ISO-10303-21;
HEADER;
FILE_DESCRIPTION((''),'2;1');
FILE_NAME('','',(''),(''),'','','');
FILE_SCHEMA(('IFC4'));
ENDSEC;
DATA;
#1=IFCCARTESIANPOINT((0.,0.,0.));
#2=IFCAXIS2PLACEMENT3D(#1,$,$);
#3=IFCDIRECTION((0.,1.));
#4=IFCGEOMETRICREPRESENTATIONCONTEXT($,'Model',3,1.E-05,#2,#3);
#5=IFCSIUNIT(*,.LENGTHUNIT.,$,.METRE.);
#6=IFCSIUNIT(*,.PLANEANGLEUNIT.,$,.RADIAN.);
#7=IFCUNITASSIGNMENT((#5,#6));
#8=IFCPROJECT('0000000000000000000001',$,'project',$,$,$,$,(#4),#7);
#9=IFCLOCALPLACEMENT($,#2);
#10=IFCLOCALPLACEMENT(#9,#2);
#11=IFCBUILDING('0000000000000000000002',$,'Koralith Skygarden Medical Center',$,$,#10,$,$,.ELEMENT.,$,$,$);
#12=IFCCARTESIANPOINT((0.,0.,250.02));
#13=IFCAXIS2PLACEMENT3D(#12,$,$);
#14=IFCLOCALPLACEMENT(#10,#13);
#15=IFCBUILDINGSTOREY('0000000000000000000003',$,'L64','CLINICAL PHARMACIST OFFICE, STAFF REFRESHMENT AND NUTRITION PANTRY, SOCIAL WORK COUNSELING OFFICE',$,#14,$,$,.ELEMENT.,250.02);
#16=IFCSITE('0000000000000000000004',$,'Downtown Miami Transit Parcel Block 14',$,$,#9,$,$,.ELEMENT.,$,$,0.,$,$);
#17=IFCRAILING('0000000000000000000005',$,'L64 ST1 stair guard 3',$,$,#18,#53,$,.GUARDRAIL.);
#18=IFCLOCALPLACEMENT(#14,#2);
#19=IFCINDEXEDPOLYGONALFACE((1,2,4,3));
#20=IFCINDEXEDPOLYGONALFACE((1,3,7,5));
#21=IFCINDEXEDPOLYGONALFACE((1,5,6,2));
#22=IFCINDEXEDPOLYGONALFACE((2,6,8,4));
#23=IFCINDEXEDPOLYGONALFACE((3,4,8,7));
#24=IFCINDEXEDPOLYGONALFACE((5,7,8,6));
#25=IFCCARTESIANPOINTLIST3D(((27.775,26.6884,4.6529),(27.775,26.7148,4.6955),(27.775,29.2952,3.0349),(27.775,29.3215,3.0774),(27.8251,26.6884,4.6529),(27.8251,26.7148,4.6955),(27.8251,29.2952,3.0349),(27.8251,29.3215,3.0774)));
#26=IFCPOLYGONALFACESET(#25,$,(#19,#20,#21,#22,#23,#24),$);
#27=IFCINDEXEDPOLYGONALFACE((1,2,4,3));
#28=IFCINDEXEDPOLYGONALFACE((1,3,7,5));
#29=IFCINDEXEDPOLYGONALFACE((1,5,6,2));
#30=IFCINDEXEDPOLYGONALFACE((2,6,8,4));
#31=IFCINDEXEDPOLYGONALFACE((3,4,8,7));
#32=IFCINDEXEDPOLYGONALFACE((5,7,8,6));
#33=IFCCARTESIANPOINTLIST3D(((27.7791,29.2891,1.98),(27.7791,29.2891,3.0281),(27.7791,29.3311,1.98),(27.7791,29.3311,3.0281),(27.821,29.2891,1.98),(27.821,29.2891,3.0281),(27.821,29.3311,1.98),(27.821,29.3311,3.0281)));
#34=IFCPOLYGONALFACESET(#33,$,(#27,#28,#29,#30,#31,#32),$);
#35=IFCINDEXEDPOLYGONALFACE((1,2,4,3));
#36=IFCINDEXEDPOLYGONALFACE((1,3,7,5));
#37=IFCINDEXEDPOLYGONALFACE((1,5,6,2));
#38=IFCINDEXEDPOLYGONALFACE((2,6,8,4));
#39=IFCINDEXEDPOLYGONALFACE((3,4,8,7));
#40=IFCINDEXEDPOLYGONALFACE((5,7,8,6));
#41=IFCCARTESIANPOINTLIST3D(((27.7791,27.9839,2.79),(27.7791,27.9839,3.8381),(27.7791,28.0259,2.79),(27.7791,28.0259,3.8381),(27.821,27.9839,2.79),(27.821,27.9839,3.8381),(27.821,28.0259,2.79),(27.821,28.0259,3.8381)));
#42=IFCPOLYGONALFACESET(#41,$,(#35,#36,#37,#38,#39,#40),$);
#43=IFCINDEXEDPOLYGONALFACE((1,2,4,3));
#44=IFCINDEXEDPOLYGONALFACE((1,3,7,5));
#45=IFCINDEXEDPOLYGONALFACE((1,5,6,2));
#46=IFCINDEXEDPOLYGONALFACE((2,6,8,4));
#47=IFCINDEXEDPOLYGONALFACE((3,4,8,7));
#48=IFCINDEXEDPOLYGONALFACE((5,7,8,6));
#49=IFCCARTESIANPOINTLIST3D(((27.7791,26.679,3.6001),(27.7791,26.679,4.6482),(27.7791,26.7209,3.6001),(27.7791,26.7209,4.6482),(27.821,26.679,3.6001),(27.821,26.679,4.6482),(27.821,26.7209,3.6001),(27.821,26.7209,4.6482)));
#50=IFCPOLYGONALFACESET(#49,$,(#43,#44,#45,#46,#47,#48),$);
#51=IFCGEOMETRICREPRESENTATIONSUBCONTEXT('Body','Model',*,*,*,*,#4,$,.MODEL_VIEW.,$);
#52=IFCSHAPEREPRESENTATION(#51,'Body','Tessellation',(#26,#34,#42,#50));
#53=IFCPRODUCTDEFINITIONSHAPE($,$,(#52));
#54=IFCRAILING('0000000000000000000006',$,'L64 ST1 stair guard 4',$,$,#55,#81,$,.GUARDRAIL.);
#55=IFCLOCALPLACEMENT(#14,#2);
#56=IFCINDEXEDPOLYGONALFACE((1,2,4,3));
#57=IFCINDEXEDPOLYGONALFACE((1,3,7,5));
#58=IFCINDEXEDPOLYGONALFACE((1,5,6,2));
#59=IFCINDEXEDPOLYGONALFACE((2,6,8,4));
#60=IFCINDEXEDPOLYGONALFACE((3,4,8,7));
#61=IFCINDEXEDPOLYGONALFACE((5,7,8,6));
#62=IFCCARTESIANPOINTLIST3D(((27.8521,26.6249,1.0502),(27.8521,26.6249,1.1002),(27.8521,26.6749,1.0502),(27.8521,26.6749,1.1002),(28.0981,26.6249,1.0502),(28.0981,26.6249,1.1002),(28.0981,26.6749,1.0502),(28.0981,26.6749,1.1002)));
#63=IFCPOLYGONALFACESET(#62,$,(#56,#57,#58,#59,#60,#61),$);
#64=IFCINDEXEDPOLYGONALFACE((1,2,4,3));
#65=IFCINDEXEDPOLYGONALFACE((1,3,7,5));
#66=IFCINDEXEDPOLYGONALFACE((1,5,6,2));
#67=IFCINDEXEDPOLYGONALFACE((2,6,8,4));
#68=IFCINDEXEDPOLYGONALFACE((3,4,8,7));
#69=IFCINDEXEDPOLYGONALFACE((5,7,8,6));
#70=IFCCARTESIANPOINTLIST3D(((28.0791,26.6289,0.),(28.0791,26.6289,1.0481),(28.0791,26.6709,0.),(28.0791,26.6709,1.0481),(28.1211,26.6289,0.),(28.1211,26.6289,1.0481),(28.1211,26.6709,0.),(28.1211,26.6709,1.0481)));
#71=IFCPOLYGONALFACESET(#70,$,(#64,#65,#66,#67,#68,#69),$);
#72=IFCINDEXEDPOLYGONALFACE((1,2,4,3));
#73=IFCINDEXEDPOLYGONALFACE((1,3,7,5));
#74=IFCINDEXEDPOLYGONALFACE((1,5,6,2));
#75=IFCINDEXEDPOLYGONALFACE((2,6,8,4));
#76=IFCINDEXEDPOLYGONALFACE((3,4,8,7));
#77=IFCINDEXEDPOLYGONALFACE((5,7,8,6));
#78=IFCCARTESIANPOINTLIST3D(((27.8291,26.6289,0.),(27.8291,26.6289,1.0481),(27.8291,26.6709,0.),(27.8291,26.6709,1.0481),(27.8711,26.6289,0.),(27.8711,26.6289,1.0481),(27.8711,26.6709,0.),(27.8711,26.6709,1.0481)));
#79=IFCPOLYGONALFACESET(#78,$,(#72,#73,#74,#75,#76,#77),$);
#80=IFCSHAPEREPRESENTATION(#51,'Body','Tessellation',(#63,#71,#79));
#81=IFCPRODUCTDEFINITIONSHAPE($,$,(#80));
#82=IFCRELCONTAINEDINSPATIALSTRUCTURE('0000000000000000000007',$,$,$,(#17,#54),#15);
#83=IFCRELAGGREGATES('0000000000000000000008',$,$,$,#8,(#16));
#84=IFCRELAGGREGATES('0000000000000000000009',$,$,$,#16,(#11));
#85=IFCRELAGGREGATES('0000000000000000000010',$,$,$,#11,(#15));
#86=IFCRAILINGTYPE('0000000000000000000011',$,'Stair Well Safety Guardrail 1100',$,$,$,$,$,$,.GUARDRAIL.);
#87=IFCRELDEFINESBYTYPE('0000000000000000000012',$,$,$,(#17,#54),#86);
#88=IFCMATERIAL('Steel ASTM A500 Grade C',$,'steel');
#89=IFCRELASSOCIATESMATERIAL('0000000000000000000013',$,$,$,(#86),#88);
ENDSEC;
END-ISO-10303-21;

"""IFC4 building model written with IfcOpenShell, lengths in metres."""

from ifc_helpers import new_model, si_unit, direction, frame, origin, origin_2d, place, context, subcontext, project, spatial, rectangle, extrude, material, type_object, element, save


model = new_model("IFC4")

# Units and contexts
model_context = context("Model", 3, precision=1e-05, world=origin(), true_north=direction((0.0, 1.0)))
body_context = subcontext(model_context, "Body", "Model", "MODEL_VIEW")
ifc_project = project(units=[si_unit("LENGTHUNIT", "METRE"), si_unit("PLANEANGLEUNIT", "RADIAN")], contexts=[model_context])

# Site, building, storey
site_placement = place(None, origin())
site = spatial("IfcSite", under=ifc_project, at=site_placement, Name="Downtown Miami Transit Parcel Block 14", CompositionType="ELEMENT", RefElevation=0.0)
building_placement = place(site_placement, origin())
building = spatial("IfcBuilding", under=site, at=building_placement, Name="Koralith Skygarden Medical Center", CompositionType="ELEMENT")
storey_placement = place(building_placement, frame((0.0, 0.0, 250.02)))
storey = spatial("IfcBuildingStorey", under=building, at=storey_placement, Name="L64", Description="CLINICAL PHARMACIST OFFICE, STAFF REFRESHMENT AND NUTRITION PANTRY, SOCIAL WORK COUNSELING OFFICE", CompositionType="ELEMENT", Elevation=250.02)

# Shared definitions
ifc_material_1 = material(Name="Steel ASTM A500 Grade C", Category="steel")

# Railings
railing_type_1 = type_object("IfcRailingType", Name="Stair Well Safety Guardrail 1100", PredefinedType="GUARDRAIL", material=ifc_material_1)
railing_1_placement = place(storey_placement, frame((27.8, 29.3101, 1.98)))
element("IfcRailing", 1, at=railing_1_placement, inside=storey, type_object=railing_type_1, Name="L64 ST1 stair guard 3", PredefinedType="GUARDRAIL", context=body_context, shape_type="SweptSolid", body=[
    extrude(rectangle(XDim=0.05, YDim=0.05, at=origin_2d()), frame((0.0, -0.0017, 1.0762), z_axis=(0.0, -0.849633, 0.527375), x_axis=(1.0, 0.0, 0.0)), (0.0, 0.0, 1.0), 3.0681),
    extrude(rectangle(XDim=0.042, YDim=0.042, at=origin_2d()), origin(), (0.0, 0.0, 1.0), 1.0481),
    extrude(rectangle(XDim=0.042, YDim=0.042, at=origin_2d()), frame((0.0, -1.3052, 0.8101)), (0.0, 0.0, 1.0), 1.0481),
    extrude(rectangle(XDim=0.042, YDim=0.042, at=origin_2d()), frame((0.0, -2.6101, 1.6201)), (0.0, 0.0, 1.0), 1.0481),
])
railing_2_placement = place(storey_placement, frame((28.1001, 26.6499, 0.0)))
element("IfcRailing", 2, at=railing_2_placement, inside=storey, type_object=railing_type_1, Name="L64 ST1 stair guard 4", PredefinedType="GUARDRAIL", context=body_context, shape_type="SweptSolid", body=[
    extrude(rectangle(XDim=0.05, YDim=0.05, at=origin_2d()), frame((-0.002, 0.0, 1.0752), z_axis=(-1.0, 0.0, 0.0), x_axis=(0.0, -1.0, 0.0)), (0.0, 0.0, 1.0), 0.2461),
    extrude(rectangle(XDim=0.042, YDim=0.042, at=origin_2d()), origin(), (0.0, 0.0, 1.0), 1.0481),
    extrude(rectangle(XDim=0.042, YDim=0.042, at=origin_2d()), frame((-0.25, 0.0, 0.0)), (0.0, 0.0, 1.0), 1.0481),
])

save(model, "model.ifc")
